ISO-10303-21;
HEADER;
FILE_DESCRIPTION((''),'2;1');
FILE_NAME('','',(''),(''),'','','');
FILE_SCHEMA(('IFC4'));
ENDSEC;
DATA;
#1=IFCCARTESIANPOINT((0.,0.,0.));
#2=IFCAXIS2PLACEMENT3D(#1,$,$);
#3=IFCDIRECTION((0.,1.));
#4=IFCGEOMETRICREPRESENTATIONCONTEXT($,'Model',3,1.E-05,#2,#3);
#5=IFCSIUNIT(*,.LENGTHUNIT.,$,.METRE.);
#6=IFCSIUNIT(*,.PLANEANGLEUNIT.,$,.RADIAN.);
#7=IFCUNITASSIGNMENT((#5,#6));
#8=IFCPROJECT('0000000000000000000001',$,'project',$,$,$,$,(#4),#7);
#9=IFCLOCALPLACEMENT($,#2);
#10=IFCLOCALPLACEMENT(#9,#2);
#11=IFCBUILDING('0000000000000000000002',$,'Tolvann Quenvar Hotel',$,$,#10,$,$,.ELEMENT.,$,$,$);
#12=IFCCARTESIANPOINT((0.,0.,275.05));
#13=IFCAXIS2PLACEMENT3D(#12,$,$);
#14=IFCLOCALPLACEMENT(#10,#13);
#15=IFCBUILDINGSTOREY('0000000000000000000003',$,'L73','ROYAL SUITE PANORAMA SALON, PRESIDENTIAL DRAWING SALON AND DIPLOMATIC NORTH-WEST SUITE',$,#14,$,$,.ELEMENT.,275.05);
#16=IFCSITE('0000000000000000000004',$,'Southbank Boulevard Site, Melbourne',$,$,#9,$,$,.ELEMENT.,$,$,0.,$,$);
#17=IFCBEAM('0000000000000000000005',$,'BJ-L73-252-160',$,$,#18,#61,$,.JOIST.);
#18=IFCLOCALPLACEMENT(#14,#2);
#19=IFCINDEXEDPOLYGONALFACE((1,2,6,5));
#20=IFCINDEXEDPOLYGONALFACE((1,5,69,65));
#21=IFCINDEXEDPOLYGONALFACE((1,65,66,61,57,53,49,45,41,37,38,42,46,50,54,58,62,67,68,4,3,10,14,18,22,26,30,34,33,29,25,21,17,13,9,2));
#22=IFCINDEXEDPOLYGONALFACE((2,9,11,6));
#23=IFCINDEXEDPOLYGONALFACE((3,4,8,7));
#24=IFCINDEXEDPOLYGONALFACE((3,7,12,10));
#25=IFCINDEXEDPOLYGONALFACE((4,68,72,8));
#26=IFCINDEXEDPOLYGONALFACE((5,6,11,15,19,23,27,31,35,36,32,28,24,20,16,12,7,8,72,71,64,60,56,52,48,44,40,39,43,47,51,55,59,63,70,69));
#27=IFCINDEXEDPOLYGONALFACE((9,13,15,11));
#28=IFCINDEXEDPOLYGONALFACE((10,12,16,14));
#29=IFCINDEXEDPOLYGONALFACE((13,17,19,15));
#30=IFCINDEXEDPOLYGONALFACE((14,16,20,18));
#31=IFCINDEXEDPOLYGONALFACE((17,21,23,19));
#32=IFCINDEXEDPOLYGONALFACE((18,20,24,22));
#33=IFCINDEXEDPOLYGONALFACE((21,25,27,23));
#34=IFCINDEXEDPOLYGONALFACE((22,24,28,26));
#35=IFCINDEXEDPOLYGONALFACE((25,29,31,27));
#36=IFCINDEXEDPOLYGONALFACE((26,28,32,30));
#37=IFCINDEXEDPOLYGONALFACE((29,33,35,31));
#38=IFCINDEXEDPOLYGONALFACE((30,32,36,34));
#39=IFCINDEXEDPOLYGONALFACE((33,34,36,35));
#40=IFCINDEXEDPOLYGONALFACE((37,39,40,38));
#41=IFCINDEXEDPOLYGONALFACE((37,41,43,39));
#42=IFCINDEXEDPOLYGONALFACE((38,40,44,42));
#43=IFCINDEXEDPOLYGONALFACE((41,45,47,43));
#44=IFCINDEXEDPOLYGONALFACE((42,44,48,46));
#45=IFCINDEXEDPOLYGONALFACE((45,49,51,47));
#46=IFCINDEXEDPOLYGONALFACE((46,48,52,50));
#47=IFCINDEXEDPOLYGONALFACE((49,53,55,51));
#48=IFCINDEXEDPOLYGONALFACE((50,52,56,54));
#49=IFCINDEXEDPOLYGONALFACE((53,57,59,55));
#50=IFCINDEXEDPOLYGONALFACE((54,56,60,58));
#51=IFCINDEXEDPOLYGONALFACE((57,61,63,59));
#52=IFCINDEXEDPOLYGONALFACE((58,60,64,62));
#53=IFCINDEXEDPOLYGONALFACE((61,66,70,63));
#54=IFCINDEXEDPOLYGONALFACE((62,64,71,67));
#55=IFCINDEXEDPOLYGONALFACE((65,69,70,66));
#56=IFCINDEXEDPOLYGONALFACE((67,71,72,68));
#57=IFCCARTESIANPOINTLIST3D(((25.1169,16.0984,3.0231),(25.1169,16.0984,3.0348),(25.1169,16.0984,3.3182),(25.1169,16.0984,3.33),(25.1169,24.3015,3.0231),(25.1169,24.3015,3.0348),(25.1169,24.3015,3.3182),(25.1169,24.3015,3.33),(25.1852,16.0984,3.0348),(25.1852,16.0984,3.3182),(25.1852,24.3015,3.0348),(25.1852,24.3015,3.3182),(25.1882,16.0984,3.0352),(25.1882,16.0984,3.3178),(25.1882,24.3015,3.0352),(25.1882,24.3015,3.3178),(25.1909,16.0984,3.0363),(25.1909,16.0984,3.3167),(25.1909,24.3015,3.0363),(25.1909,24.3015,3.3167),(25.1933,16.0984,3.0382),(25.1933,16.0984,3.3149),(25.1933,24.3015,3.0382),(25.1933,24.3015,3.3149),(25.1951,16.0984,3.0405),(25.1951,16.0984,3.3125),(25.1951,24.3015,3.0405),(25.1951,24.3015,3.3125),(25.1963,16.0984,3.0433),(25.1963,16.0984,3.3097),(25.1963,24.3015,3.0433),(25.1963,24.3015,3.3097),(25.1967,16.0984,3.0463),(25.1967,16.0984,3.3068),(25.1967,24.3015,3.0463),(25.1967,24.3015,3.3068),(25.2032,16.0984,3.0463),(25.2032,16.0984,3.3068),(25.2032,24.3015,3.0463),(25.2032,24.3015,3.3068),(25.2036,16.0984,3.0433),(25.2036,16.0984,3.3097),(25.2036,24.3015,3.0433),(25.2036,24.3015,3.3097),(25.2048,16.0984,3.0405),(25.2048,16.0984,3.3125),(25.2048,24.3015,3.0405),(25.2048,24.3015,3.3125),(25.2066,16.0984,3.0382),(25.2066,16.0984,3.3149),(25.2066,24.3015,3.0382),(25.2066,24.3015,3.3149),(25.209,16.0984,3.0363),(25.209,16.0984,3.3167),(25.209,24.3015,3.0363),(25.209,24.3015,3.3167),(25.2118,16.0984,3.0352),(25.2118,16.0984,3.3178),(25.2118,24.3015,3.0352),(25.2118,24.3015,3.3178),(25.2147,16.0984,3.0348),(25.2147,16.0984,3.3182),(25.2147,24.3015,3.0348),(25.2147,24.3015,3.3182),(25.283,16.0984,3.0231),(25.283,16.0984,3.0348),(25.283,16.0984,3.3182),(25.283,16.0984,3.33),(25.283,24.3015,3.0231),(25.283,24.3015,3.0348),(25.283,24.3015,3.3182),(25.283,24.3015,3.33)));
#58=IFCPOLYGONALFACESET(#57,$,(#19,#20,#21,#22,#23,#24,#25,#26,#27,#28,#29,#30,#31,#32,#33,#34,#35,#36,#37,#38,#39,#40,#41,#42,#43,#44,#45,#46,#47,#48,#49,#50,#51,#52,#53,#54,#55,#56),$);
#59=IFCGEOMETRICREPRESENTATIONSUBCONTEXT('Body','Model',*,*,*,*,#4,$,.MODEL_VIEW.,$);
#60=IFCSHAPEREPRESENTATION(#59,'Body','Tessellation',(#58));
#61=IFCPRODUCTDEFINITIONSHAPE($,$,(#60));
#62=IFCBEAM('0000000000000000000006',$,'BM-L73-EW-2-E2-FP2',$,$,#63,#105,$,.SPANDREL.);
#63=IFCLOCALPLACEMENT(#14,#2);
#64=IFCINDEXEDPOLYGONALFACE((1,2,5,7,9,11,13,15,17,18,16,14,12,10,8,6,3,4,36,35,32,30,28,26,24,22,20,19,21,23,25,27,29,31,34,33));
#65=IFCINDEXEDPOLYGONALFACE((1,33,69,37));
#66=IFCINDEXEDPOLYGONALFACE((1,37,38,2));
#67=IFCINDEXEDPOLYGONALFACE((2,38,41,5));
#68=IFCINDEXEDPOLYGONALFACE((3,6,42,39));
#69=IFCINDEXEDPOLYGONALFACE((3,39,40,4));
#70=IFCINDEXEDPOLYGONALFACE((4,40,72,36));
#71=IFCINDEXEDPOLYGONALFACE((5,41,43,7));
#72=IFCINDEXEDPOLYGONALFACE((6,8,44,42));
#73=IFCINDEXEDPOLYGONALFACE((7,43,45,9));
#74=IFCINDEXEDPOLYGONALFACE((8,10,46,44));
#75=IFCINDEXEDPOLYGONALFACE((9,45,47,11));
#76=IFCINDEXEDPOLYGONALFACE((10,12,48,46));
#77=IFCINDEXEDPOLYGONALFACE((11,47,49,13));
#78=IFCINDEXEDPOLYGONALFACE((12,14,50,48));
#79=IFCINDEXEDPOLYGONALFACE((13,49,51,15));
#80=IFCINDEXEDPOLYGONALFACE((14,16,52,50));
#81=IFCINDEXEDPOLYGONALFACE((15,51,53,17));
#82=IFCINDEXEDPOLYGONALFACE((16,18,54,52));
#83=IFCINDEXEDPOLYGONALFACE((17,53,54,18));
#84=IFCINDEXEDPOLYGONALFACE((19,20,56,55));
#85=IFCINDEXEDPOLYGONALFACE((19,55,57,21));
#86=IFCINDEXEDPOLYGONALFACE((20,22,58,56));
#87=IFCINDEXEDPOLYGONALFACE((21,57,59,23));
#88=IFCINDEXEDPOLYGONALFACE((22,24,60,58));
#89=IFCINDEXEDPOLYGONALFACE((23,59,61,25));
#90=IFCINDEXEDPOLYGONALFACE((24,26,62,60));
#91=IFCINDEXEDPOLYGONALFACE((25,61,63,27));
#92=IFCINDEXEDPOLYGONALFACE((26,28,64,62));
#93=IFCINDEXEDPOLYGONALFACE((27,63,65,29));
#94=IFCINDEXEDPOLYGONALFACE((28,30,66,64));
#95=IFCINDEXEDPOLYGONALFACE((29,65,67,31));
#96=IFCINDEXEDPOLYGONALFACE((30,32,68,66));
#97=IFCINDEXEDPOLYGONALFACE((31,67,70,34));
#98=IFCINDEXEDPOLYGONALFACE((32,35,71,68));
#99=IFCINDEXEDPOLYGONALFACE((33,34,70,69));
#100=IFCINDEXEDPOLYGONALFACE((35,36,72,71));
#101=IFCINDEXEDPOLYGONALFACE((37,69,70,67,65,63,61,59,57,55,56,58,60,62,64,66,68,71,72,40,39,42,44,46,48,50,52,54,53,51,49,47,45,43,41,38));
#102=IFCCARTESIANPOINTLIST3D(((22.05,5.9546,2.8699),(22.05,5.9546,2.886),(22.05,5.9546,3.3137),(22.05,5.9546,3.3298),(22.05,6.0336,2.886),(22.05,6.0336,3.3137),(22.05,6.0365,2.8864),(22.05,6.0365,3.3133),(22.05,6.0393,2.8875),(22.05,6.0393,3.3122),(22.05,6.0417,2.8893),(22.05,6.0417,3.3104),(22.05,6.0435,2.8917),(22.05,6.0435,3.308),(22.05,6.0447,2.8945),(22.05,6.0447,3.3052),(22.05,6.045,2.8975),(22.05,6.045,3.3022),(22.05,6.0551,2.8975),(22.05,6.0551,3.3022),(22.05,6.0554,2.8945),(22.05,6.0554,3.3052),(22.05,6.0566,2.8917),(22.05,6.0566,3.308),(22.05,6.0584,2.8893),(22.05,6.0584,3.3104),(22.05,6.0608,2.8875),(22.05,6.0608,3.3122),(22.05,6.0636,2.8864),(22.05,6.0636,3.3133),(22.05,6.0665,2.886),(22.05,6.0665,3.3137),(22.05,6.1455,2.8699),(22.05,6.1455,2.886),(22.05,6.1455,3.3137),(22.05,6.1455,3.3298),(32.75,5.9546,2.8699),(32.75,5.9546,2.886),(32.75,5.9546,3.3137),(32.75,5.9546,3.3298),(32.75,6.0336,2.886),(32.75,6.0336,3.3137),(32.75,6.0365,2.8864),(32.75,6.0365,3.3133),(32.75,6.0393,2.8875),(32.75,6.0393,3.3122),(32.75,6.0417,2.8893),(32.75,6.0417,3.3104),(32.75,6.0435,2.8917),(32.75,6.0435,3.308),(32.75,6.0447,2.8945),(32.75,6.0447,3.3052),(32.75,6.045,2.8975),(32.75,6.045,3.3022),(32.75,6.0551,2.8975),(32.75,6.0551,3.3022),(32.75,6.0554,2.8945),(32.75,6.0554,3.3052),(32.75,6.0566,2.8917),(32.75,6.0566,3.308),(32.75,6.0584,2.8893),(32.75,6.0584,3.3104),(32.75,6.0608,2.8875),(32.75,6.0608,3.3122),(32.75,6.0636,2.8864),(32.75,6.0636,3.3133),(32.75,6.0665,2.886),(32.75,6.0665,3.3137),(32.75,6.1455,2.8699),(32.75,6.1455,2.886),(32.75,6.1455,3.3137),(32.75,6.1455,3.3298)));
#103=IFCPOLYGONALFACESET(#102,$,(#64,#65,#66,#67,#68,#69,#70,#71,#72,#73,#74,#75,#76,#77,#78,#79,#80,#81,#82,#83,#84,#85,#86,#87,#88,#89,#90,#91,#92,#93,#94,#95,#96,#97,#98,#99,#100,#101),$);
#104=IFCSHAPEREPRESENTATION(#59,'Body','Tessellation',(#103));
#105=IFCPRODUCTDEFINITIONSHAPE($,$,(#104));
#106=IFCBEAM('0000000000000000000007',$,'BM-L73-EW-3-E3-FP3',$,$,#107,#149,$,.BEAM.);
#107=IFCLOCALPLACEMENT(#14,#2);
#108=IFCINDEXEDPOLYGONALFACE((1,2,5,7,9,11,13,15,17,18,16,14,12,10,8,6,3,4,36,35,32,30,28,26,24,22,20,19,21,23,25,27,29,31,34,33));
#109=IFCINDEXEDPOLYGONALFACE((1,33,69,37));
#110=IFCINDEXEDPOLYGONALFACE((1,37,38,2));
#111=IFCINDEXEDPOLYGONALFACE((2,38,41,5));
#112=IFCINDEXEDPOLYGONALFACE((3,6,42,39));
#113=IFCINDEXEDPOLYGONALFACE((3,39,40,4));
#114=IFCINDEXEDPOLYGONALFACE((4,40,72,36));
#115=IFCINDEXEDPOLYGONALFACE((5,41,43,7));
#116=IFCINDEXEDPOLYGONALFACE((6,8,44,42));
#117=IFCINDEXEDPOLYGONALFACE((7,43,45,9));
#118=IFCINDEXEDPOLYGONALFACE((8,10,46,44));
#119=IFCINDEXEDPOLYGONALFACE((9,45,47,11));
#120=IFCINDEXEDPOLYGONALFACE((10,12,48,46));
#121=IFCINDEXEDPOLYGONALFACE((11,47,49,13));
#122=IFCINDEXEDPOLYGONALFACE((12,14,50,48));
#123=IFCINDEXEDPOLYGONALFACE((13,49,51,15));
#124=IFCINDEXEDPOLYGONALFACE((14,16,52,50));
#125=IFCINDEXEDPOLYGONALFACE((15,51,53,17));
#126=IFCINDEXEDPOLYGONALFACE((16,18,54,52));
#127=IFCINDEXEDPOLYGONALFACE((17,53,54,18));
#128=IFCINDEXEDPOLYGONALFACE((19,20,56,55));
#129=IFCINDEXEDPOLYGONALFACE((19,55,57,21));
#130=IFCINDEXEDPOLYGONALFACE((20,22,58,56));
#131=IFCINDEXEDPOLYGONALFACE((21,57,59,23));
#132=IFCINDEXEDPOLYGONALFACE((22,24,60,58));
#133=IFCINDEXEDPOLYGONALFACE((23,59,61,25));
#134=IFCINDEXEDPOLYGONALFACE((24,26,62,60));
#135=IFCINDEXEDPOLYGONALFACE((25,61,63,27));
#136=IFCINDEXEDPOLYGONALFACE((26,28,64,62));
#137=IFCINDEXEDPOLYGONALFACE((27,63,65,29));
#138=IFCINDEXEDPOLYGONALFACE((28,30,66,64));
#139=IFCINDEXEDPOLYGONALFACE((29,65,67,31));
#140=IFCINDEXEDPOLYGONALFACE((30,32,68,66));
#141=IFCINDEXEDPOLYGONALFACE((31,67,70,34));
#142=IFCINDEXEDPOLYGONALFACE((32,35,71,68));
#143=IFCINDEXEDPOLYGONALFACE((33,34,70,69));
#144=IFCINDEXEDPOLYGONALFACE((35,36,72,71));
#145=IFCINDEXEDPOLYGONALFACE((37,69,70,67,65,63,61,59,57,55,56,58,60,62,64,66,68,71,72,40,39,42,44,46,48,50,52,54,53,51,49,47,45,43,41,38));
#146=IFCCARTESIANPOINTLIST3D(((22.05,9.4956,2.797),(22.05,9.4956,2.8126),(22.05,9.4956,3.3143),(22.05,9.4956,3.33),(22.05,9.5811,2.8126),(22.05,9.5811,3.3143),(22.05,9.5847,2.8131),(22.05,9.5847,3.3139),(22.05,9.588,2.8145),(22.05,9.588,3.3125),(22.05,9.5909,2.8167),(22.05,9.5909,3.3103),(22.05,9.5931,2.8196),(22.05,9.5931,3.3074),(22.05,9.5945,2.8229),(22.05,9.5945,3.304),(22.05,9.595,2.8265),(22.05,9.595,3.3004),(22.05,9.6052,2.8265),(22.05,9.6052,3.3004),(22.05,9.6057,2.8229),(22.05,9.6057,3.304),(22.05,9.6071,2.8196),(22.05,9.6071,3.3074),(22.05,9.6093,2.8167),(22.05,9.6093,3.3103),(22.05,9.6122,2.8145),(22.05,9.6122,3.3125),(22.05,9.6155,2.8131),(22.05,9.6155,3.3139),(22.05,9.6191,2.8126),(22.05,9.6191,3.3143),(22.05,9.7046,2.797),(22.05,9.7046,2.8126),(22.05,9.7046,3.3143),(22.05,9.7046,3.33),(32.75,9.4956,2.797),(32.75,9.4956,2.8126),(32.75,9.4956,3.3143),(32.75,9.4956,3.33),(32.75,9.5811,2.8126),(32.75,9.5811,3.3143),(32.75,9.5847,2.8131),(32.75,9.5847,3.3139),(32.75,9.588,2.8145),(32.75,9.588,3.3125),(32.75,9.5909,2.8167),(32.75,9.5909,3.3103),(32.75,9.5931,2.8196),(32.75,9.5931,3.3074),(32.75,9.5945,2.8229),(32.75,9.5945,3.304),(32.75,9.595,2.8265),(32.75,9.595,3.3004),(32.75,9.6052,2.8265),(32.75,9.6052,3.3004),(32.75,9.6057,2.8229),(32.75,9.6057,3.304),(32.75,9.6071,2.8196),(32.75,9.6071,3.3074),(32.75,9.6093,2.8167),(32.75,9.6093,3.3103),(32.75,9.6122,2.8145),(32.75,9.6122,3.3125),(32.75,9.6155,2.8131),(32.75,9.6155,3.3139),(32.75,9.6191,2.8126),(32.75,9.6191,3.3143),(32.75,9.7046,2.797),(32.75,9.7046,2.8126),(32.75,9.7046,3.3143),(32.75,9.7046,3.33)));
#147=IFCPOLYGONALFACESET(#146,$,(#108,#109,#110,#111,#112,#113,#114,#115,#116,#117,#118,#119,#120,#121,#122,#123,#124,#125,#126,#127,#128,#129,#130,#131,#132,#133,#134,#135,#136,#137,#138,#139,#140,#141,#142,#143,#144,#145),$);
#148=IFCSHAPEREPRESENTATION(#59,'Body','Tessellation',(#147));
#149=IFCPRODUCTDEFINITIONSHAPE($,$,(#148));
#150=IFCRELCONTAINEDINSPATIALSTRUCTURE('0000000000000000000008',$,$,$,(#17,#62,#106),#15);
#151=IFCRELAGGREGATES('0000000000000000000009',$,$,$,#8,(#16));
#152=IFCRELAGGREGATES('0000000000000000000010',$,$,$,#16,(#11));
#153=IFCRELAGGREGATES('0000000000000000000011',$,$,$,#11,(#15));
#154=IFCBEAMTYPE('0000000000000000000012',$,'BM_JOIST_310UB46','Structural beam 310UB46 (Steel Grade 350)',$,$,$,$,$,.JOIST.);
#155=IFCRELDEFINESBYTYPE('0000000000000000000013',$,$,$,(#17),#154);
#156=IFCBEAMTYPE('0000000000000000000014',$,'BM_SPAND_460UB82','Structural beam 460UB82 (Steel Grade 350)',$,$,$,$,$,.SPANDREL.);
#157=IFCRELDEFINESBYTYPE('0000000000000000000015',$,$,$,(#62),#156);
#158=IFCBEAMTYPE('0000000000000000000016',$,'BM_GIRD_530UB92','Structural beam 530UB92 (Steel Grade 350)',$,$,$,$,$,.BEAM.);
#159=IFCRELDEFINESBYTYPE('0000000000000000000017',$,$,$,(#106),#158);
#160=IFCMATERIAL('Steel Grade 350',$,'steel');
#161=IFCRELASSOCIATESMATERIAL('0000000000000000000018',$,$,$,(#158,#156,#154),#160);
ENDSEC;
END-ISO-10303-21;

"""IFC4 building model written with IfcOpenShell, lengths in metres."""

from ifc_helpers import new_model, si_unit, direction, frame, origin, origin_2d, place, context, subcontext, project, spatial, i_section, extrude, source, transform, mapped, material, material_profile, profile_set, type_object, element, save


model = new_model("IFC4")

# Units and contexts
model_context = context("Model", 3, precision=1e-05, world=origin(), true_north=direction((0.0, 1.0)))
body_context = subcontext(model_context, "Body", "Model", "MODEL_VIEW")
ifc_project = project(units=[si_unit("LENGTHUNIT", "METRE"), si_unit("PLANEANGLEUNIT", "RADIAN")], contexts=[model_context])

# Site, building, storey
site_placement = place(None, origin())
site = spatial("IfcSite", under=ifc_project, at=site_placement, Name="Southbank Boulevard Site, Melbourne", CompositionType="ELEMENT", RefElevation=0.0)
building_placement = place(site_placement, origin())
building = spatial("IfcBuilding", under=site, at=building_placement, Name="Tolvann Quenvar Hotel", CompositionType="ELEMENT")
storey_placement = place(building_placement, frame((0.0, 0.0, 275.05)))
storey = spatial("IfcBuildingStorey", under=building, at=storey_placement, Name="L73", Description="ROYAL SUITE PANORAMA SALON, PRESIDENTIAL DRAWING SALON AND DIPLOMATIC NORTH-WEST SUITE", CompositionType="ELEMENT", Elevation=275.05)

# Shared definitions
ifc_material_1 = material(Name="Steel Grade 350", Category="steel")

# Beams
ifc_material_profile_1 = material_profile(ifc_material_1, i_section(OverallWidth=0.209, OverallDepth=0.533, WebThickness=0.0103, FlangeThickness=0.0156, FilletRadius=0.0139, at=origin_2d()), Name="530UB92")
ifc_profile_set_1 = profile_set([ifc_material_profile_1], Name="Steel Grade 350")
beam_type_1 = type_object("IfcBeamType", Name="BM_GIRD_530UB92", Description="Structural beam 530UB92 (Steel Grade 350)", PredefinedType="BEAM", material=ifc_profile_set_1)
ifc_material_profile_2 = material_profile(ifc_material_1, i_section(OverallWidth=0.1909, OverallDepth=0.46, WebThickness=0.01, FlangeThickness=0.0161, FilletRadius=0.0115, at=origin_2d()), Name="460UB82")
ifc_profile_set_2 = profile_set([ifc_material_profile_2], Name="Steel Grade 350")
beam_type_2 = type_object("IfcBeamType", Name="BM_SPAND_460UB82", Description="Structural beam 460UB82 (Steel Grade 350)", PredefinedType="SPANDREL", material=ifc_profile_set_2)
ifc_material_profile_3 = material_profile(ifc_material_1, i_section(OverallWidth=0.166, OverallDepth=0.3069, WebThickness=0.0066, FlangeThickness=0.0117, FilletRadius=0.0115, at=origin_2d()), Name="310UB46")
ifc_profile_set_3 = profile_set([ifc_material_profile_3], Name="Steel Grade 350")
beam_type_3 = type_object("IfcBeamType", Name="BM_JOIST_310UB46", Description="Structural beam 310UB46 (Steel Grade 350)", PredefinedType="JOIST", material=ifc_profile_set_3)
shared_shape_1 = source(origin(), body_context, "Body", "SweptSolid", [
    extrude(i_section(OverallWidth=0.166, OverallDepth=0.3069, WebThickness=0.0066, FlangeThickness=0.0117, FilletRadius=0.0115, at=origin_2d()), origin(), (0.0, 0.0, 1.0), 8.2031),
])
beam_1_placement = place(storey_placement, frame((25.2, 16.0984, 3.1765), z_axis=(0.0, 1.0, 0.0), x_axis=(-1.0, 0.0, 0.0)))
element("IfcBeam", 1, at=beam_1_placement, inside=storey, type_object=beam_type_3, Name="BJ-L73-252-160", PredefinedType="JOIST", context=body_context, shape_type="MappedRepresentation", body=[
    mapped(shared_shape_1, transform((0.0, 0.0, 0.0), x_axis=(1.0, 0.0, 0.0), y_axis=(0.0, 1.0, 0.0), z_axis=(0.0, 0.0, 1.0), scale=1.0)),
])
shared_shape_2 = source(origin(), body_context, "Body", "SweptSolid", [
    extrude(i_section(OverallWidth=0.1909, OverallDepth=0.46, WebThickness=0.01, FlangeThickness=0.0161, FilletRadius=0.0115, at=origin_2d()), origin(), (0.0, 0.0, 1.0), 10.7),
])
beam_2_placement = place(storey_placement, frame((22.05, 6.05, 3.0999), z_axis=(1.0, 0.0, 0.0), x_axis=(0.0, 1.0, 0.0)))
element("IfcBeam", 2, at=beam_2_placement, inside=storey, type_object=beam_type_2, Name="BM-L73-EW-2-E2-FP2", PredefinedType="SPANDREL", context=body_context, shape_type="MappedRepresentation", body=[
    mapped(shared_shape_2, transform((0.0, 0.0, 0.0), x_axis=(1.0, 0.0, 0.0), y_axis=(0.0, 1.0, 0.0), z_axis=(0.0, 0.0, 1.0), scale=1.0)),
])
shared_shape_3 = source(origin(), body_context, "Body", "SweptSolid", [
    extrude(i_section(OverallWidth=0.209, OverallDepth=0.533, WebThickness=0.0103, FlangeThickness=0.0156, FilletRadius=0.0139, at=origin_2d()), origin(), (0.0, 0.0, 1.0), 10.7),
])
for number, where, z_axis, x_axis, name in (
    (3, (22.05, 9.6001, 3.0635), (1.0, 0.0, 0.0), (0.0, 1.0, 0.0), "BM-L73-EW-3-E3-FP3"),
):
    element("IfcBeam", number, at=place(storey_placement, frame(where, z_axis=z_axis, x_axis=x_axis)), inside=storey, type_object=beam_type_1, Name=name, PredefinedType="BEAM", context=body_context, shape_type="MappedRepresentation", body=[
        mapped(shared_shape_3, transform((0.0, 0.0, 0.0), x_axis=(1.0, 0.0, 0.0), y_axis=(0.0, 1.0, 0.0), z_axis=(0.0, 0.0, 1.0), scale=1.0)),
    ])

save(model, "model.ifc")
